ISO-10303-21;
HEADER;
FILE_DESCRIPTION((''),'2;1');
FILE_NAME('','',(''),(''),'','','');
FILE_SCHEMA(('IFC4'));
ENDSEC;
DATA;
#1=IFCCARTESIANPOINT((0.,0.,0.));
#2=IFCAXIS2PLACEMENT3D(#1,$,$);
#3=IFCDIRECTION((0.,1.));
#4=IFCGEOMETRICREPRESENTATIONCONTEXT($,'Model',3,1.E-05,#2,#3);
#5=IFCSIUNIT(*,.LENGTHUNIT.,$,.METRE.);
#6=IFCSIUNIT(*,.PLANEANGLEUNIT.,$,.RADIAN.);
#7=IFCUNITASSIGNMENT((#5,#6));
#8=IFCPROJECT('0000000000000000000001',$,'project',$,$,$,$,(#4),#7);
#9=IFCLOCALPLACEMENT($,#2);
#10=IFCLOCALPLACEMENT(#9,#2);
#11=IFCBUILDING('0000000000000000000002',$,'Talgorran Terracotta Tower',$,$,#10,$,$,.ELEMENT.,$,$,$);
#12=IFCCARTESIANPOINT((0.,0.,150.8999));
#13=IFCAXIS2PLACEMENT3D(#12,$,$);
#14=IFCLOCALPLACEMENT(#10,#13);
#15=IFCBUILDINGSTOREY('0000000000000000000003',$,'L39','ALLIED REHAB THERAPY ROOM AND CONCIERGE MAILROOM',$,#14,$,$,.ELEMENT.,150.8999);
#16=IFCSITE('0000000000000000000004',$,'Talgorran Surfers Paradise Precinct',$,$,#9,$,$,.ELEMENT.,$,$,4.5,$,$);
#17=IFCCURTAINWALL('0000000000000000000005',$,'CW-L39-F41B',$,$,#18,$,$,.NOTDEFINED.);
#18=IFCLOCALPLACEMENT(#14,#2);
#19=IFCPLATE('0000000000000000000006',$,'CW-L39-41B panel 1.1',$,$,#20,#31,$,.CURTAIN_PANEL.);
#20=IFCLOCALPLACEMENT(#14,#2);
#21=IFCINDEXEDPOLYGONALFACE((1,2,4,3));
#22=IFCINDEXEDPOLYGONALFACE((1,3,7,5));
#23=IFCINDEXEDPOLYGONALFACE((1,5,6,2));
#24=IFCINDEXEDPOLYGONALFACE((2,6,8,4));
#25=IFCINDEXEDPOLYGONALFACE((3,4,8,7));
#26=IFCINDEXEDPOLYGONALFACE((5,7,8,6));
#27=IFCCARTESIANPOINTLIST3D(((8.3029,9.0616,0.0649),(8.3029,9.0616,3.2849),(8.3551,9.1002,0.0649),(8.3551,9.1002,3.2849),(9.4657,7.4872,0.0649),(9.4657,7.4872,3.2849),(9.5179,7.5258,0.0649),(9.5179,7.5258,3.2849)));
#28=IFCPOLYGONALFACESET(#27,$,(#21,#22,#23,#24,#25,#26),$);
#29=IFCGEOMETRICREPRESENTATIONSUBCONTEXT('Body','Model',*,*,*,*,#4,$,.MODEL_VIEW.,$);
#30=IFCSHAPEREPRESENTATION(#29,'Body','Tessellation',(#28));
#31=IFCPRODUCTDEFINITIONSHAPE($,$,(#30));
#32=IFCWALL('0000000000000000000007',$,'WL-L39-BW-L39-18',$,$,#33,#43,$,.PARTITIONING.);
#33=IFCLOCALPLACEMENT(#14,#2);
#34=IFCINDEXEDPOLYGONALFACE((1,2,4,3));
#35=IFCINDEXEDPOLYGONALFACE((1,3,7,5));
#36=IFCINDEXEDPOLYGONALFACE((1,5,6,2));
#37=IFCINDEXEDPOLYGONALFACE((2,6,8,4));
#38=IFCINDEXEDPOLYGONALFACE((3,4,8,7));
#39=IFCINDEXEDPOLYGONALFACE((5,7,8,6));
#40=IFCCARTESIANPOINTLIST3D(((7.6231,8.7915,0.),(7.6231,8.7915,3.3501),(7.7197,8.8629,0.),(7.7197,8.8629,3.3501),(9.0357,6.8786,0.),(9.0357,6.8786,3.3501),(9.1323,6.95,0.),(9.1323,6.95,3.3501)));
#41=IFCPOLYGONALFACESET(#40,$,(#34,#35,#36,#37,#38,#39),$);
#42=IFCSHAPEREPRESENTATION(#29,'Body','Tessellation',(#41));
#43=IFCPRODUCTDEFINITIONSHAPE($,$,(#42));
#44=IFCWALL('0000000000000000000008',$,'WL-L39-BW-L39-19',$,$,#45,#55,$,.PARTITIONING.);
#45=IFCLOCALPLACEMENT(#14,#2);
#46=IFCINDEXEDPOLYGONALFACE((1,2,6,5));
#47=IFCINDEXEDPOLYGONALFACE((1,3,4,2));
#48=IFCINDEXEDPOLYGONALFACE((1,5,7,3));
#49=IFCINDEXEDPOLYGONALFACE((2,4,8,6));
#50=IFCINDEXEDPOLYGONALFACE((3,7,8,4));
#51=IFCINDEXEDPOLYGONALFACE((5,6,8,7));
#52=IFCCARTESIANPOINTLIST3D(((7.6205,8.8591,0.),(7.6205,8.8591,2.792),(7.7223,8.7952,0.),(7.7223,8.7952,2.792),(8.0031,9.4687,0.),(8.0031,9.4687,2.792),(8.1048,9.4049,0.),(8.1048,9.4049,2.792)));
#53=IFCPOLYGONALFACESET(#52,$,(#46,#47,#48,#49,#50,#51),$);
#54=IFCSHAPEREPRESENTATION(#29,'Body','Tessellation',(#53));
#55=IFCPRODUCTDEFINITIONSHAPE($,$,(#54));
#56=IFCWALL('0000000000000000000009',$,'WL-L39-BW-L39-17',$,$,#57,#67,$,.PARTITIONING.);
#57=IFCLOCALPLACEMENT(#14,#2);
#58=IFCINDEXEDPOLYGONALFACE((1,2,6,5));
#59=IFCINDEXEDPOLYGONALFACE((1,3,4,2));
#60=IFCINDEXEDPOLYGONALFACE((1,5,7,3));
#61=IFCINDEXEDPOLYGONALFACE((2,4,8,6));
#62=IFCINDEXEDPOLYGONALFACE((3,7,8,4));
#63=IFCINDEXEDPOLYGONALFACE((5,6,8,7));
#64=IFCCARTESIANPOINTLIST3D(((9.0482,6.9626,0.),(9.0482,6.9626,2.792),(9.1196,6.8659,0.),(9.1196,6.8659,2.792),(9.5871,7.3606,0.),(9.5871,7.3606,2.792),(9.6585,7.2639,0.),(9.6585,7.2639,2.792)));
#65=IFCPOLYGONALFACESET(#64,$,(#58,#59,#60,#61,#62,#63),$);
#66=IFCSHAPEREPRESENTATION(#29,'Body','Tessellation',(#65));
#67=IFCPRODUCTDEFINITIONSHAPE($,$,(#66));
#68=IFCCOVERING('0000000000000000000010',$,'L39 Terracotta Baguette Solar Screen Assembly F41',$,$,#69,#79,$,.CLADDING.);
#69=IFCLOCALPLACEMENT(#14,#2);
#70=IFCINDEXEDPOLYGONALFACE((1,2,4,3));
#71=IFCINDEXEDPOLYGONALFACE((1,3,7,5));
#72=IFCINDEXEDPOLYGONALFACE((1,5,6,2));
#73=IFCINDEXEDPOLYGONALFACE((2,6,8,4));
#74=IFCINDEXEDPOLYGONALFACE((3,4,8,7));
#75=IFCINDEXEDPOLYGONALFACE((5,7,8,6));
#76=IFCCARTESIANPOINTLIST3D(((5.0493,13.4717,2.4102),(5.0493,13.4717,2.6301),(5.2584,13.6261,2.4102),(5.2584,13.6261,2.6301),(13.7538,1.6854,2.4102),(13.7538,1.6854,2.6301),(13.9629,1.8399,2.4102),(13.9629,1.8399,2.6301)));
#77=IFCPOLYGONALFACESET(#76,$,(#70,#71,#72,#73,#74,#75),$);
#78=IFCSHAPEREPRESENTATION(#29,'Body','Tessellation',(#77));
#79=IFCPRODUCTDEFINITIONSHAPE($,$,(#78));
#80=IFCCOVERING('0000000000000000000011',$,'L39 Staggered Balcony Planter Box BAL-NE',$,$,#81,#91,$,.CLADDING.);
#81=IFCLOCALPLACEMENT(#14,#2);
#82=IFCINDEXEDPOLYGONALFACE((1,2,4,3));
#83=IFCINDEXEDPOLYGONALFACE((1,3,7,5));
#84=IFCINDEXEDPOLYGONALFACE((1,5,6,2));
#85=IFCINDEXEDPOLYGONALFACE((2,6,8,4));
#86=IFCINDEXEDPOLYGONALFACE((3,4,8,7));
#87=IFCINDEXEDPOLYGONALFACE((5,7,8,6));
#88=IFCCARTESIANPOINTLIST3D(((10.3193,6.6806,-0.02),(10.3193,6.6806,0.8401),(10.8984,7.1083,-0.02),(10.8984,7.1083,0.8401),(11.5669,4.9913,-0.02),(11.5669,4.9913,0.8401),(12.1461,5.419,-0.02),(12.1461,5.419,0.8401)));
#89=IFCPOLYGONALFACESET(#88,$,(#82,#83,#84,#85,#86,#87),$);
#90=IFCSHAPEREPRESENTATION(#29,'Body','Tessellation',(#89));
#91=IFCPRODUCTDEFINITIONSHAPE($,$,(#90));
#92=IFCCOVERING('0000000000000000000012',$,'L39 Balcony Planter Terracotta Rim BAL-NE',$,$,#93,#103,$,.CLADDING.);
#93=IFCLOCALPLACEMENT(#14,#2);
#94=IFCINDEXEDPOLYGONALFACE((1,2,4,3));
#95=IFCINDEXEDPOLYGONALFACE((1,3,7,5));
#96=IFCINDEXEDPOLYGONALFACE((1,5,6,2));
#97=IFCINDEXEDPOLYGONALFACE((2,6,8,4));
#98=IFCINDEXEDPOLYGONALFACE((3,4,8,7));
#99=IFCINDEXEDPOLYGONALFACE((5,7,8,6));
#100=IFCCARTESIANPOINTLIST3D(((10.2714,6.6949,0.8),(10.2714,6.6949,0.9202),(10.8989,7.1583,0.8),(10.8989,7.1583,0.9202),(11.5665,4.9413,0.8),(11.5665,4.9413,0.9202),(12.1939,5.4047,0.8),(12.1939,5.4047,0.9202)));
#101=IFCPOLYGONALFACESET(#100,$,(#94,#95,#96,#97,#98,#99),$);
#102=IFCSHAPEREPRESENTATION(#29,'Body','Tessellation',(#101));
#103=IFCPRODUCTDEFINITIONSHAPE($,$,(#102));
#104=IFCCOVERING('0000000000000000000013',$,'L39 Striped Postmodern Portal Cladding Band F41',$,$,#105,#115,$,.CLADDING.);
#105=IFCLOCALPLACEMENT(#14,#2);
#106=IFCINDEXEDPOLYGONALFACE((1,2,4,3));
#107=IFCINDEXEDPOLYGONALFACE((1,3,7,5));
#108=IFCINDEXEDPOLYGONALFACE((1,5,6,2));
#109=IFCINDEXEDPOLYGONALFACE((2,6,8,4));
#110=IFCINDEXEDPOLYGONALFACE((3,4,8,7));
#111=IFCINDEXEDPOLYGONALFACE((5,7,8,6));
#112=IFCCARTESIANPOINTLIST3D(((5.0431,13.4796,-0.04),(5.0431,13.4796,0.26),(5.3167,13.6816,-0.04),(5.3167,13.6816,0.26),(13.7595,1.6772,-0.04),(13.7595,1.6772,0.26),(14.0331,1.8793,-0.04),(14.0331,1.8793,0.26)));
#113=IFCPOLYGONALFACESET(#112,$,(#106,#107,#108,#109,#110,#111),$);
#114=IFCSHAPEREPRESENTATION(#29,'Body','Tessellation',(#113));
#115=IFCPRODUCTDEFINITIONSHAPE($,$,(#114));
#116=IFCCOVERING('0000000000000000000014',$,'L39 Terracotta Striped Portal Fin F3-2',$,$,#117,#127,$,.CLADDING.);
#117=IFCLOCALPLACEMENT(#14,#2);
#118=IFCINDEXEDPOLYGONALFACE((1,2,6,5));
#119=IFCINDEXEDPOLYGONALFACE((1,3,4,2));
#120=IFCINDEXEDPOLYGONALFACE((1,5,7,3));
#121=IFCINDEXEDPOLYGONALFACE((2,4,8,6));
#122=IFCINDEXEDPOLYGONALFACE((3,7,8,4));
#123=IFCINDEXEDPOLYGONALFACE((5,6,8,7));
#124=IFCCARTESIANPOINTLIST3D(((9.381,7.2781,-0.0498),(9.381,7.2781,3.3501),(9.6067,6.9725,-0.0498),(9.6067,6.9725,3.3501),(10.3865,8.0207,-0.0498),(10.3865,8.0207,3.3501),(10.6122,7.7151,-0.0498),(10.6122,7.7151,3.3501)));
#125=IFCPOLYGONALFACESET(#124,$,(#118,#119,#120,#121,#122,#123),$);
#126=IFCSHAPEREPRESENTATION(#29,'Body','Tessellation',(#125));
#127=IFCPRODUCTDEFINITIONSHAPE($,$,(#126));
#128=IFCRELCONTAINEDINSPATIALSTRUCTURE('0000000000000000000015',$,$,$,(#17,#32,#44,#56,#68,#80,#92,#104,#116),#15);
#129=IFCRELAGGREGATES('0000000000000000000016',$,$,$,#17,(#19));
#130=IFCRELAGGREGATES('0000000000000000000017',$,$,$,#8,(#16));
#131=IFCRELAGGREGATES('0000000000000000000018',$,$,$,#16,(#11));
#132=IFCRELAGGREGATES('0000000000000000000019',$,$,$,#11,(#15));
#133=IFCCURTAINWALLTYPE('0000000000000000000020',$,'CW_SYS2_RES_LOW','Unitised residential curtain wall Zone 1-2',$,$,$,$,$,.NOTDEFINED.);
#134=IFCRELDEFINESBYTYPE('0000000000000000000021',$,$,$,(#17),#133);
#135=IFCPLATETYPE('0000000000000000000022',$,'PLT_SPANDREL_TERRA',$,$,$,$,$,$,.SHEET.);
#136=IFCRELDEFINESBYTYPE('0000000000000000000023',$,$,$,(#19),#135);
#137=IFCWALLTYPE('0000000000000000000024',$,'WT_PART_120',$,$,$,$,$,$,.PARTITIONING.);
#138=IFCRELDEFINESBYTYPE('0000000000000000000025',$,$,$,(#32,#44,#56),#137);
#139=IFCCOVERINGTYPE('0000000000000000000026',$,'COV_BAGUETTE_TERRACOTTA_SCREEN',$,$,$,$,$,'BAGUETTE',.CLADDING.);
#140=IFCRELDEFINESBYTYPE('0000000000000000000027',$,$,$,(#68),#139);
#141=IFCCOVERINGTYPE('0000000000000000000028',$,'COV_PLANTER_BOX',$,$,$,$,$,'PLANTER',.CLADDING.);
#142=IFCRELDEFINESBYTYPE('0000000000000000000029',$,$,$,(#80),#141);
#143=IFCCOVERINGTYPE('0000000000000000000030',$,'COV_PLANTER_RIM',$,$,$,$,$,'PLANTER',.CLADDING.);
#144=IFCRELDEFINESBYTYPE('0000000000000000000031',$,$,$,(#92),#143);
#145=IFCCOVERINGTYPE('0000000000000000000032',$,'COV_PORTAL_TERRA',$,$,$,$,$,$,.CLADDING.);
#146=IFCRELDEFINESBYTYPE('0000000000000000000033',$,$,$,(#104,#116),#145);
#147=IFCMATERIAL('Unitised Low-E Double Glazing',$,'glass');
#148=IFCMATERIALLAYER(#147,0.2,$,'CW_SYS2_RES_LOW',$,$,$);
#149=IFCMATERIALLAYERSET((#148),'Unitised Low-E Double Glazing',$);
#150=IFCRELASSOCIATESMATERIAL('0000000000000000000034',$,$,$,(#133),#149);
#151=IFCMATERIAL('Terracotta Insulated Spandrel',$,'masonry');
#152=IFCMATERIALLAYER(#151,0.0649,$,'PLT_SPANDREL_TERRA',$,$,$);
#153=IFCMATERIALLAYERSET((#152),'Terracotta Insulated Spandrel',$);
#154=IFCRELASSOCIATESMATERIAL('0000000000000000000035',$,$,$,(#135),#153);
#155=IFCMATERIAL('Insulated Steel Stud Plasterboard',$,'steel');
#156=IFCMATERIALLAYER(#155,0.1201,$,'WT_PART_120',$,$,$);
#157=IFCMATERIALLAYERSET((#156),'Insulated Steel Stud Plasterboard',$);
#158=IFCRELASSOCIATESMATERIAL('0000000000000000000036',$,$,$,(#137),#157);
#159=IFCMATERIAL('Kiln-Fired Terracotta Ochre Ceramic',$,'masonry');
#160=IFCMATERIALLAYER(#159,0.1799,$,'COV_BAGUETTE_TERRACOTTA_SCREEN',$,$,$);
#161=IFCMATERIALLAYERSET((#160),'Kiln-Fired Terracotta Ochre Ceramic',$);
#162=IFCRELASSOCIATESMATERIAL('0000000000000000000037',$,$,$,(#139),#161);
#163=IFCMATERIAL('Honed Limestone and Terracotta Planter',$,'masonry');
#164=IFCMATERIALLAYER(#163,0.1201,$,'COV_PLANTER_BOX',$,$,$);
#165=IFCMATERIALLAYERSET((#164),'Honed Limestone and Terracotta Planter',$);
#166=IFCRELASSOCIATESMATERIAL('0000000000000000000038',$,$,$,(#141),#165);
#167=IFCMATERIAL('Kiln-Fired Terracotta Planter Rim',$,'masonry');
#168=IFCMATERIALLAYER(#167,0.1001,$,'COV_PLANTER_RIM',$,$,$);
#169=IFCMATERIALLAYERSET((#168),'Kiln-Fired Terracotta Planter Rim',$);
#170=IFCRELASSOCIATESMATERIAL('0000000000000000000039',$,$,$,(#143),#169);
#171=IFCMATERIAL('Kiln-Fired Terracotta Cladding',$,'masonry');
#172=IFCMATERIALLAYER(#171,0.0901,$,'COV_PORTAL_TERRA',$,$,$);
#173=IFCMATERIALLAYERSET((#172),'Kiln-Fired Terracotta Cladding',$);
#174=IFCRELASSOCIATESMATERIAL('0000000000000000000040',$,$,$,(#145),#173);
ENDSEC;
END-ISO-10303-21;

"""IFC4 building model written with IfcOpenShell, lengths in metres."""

from ifc_helpers import new_model, si_unit, direction, frame, frame_2d, origin, origin_2d, place, context, subcontext, project, spatial, rectangle, extrude, source, transform, mapped, material, layer, layer_set, type_object, type_shapes, element, aggregate, save


model = new_model("IFC4")

# Units and contexts
model_context = context("Model", 3, precision=1e-05, world=origin(), true_north=direction((0.0, 1.0)))
body_context = subcontext(model_context, "Body", "Model", "MODEL_VIEW")
ifc_project = project(units=[si_unit("LENGTHUNIT", "METRE"), si_unit("PLANEANGLEUNIT", "RADIAN")], contexts=[model_context])

# Site, building, storey
site_placement = place(None, origin())
site = spatial("IfcSite", under=ifc_project, at=site_placement, Name="Talgorran Surfers Paradise Precinct", CompositionType="ELEMENT", RefElevation=4.5)
building_placement = place(site_placement, origin())
building = spatial("IfcBuilding", under=site, at=building_placement, Name="Talgorran Terracotta Tower", CompositionType="ELEMENT")
storey_placement = place(building_placement, frame((0.0, 0.0, 150.8999)))
storey = spatial("IfcBuildingStorey", under=building, at=storey_placement, Name="L39", Description="ALLIED REHAB THERAPY ROOM AND CONCIERGE MAILROOM", CompositionType="ELEMENT", Elevation=150.8999)

# Shared definitions
ifc_material_1 = material(Name="Unitised Low-E Double Glazing", Category="glass")
ifc_layer_1 = layer(ifc_material_1, 0.2, Name="CW_SYS2_RES_LOW")
ifc_layer_set_1 = layer_set([ifc_layer_1], Name="Unitised Low-E Double Glazing")
curtain_wall_type = type_object("IfcCurtainWallType", Name="CW_SYS2_RES_LOW", Description="Unitised residential curtain wall Zone 1-2", PredefinedType="NOTDEFINED", material=ifc_layer_set_1)

# Curtain wall
curtain_wall_1_placement = place(storey_placement, origin())
curtain_wall_1 = element("IfcCurtainWall", 1, at=curtain_wall_1_placement, inside=storey, type_object=curtain_wall_type, Name="CW-L39-F41B", PredefinedType="NOTDEFINED")

# Plate
ifc_material_2 = material(Name="Terracotta Insulated Spandrel", Category="masonry")
ifc_layer_2 = layer(ifc_material_2, 0.0649, Name="PLT_SPANDREL_TERRA")
ifc_layer_set_2 = layer_set([ifc_layer_2], Name="Terracotta Insulated Spandrel")
plate_type_1 = type_object("IfcPlateType", Name="PLT_SPANDREL_TERRA", PredefinedType="SHEET", material=ifc_layer_set_2)
shared_shape = source(origin(), body_context, "Body", "SweptSolid", [
    extrude(rectangle(XDim=1.9573, YDim=0.0649, at=origin_2d()), origin(), (0.0, 0.0, 1.0), 3.22),
])
type_shapes(plate_type_1, [shared_shape])
plate_1_placement = place(storey_placement, frame((8.9104, 8.2937, 0.0649), z_axis=(0.0, 0.0, 1.0), x_axis=(-0.594081, 0.804405, 0.0)))
plate_1 = element("IfcPlate", 2, at=plate_1_placement, type_object=plate_type_1, Name="CW-L39-41B panel 1.1", PredefinedType="CURTAIN_PANEL", context=body_context, shape_type="MappedRepresentation", body=[
    mapped(shared_shape, transform((0.0, 0.0, 0.0), scale=1.0)),
])
aggregate(curtain_wall_1, [plate_1])

# Walls
ifc_material_3 = material(Name="Insulated Steel Stud Plasterboard", Category="steel")
ifc_layer_3 = layer(ifc_material_3, 0.1201, Name="WT_PART_120")
ifc_layer_set_3 = layer_set([ifc_layer_3], Name="Insulated Steel Stud Plasterboard")
wall_type = type_object("IfcWallType", Name="WT_PART_120", PredefinedType="PARTITIONING", material=ifc_layer_set_3)
wall_1_placement = place(storey_placement, frame((9.084, 6.9143, 0.0), z_axis=(0.0, 0.0, 1.0), x_axis=(-0.594053, 0.804426, 0.0)))
element("IfcWall", 3, at=wall_1_placement, inside=storey, type_object=wall_type, Name="WL-L39-BW-L39-18", PredefinedType="PARTITIONING", context=body_context, shape_type="SweptSolid", body=[
    extrude(rectangle(XDim=2.3779, YDim=0.1201, at=frame_2d((1.189, 0.0))), origin(), (0.0, 0.0, 1.0), 3.3501),
])
wall_2_placement = place(storey_placement, frame((7.6714, 8.8271, 0.0), z_axis=(0.0, 0.0, 1.0), x_axis=(0.531553, 0.847025, 0.0)))
element("IfcWall", 4, at=wall_2_placement, inside=storey, type_object=wall_type, Name="WL-L39-BW-L39-19", PredefinedType="PARTITIONING", context=body_context, shape_type="SweptSolid", body=[
    extrude(rectangle(XDim=0.7197, YDim=0.1201, at=frame_2d((0.3599, 0.0))), origin(), (0.0, 0.0, 1.0), 2.792),
])
wall_3_placement = place(storey_placement, frame((9.6228, 7.3123, 0.0), z_axis=(0.0, 0.0, 1.0), x_axis=(-0.804396, -0.594094, 0.0)))
element("IfcWall", 5, at=wall_3_placement, inside=storey, type_object=wall_type, Name="WL-L39-BW-L39-17", PredefinedType="PARTITIONING", context=body_context, shape_type="SweptSolid", body=[
    extrude(rectangle(XDim=0.6699, YDim=0.1201, at=frame_2d((0.335, 0.0))), origin(), (0.0, 0.0, 1.0), 2.792),
])

# Coverings
ifc_material_4 = material(Name="Kiln-Fired Terracotta Ochre Ceramic", Category="masonry")
ifc_layer_4 = layer(ifc_material_4, 0.1799, Name="COV_BAGUETTE_TERRACOTTA_SCREEN")
ifc_layer_set_4 = layer_set([ifc_layer_4], Name="Kiln-Fired Terracotta Ochre Ceramic")
covering_type_1 = type_object("IfcCoveringType", Name="COV_BAGUETTE_TERRACOTTA_SCREEN", ElementType="BAGUETTE", PredefinedType="CLADDING", material=ifc_layer_set_4)
covering_1_placement = place(storey_placement, frame((9.5061, 7.6558, 2.4102), z_axis=(0.0, 0.0, 1.0), x_axis=(-0.594079, 0.804407, 0.0)))
element("IfcCovering", 6, at=covering_1_placement, inside=storey, type_object=covering_type_1, Name="L39 Terracotta Baguette Solar Screen Assembly F41", PredefinedType="CLADDING", context=body_context, shape_type="SweptSolid", body=[
    extrude(rectangle(XDim=14.6521, YDim=0.26, at=origin_2d()), origin(), (0.0, 0.0, 1.0), 0.22),
])
ifc_material_5 = material(Name="Honed Limestone and Terracotta Planter", Category="masonry")
ifc_layer_5 = layer(ifc_material_5, 0.1201, Name="COV_PLANTER_BOX")
ifc_layer_set_5 = layer_set([ifc_layer_5], Name="Honed Limestone and Terracotta Planter")
covering_type_2 = type_object("IfcCoveringType", Name="COV_PLANTER_BOX", ElementType="PLANTER", PredefinedType="CLADDING", material=ifc_layer_set_5)
covering_2_placement = place(storey_placement, frame((11.2327, 6.0498, -0.02), z_axis=(0.0, 0.0, 1.0), x_axis=(-0.594079, 0.804407, 0.0)))
element("IfcCovering", 7, at=covering_2_placement, inside=storey, type_object=covering_type_2, Name="L39 Staggered Balcony Planter Box BAL-NE", PredefinedType="CLADDING", context=body_context, shape_type="SweptSolid", body=[
    extrude(rectangle(XDim=2.1001, YDim=0.72, at=origin_2d()), origin(), (0.0, 0.0, 1.0), 0.8601),
])
ifc_material_6 = material(Name="Kiln-Fired Terracotta Planter Rim", Category="masonry")
ifc_layer_6 = layer(ifc_material_6, 0.1001, Name="COV_PLANTER_RIM")
ifc_layer_set_6 = layer_set([ifc_layer_6], Name="Kiln-Fired Terracotta Planter Rim")
covering_type_3 = type_object("IfcCoveringType", Name="COV_PLANTER_RIM", ElementType="PLANTER", PredefinedType="CLADDING", material=ifc_layer_set_6)
covering_3_placement = place(storey_placement, frame((11.2327, 6.0498, 0.8), z_axis=(0.0, 0.0, 1.0), x_axis=(-0.594079, 0.804407, 0.0)))
element("IfcCovering", 8, at=covering_3_placement, inside=storey, type_object=covering_type_3, Name="L39 Balcony Planter Terracotta Rim BAL-NE", PredefinedType="CLADDING", context=body_context, shape_type="SweptSolid", body=[
    extrude(rectangle(XDim=2.1799, YDim=0.78, at=origin_2d()), origin(), (0.0, 0.0, 1.0), 0.1201),
])
ifc_material_7 = material(Name="Kiln-Fired Terracotta Cladding", Category="masonry")
ifc_layer_7 = layer(ifc_material_7, 0.0901, Name="COV_PORTAL_TERRA")
ifc_layer_set_7 = layer_set([ifc_layer_7], Name="Kiln-Fired Terracotta Cladding")
covering_type_4 = type_object("IfcCoveringType", Name="COV_PORTAL_TERRA", PredefinedType="CLADDING", material=ifc_layer_set_7)
covering_4_placement = place(storey_placement, frame((9.5381, 7.6794, -0.04), z_axis=(0.0, 0.0, 1.0), x_axis=(-0.594079, 0.804407, 0.0)))
element("IfcCovering", 9, at=covering_4_placement, inside=storey, type_object=covering_type_4, Name="L39 Striped Postmodern Portal Cladding Band F41", PredefinedType="CLADDING", context=body_context, shape_type="SweptSolid", body=[
    extrude(rectangle(XDim=14.6721, YDim=0.3401, at=origin_2d()), origin(), (0.0, 0.0, 1.0), 0.3),
])
covering_5_placement = place(storey_placement, frame((9.9966, 7.4966, -0.0498), z_axis=(0.0, 0.0, 1.0), x_axis=(-0.594079, 0.804407, 0.0)))
element("IfcCovering", 10, at=covering_5_placement, inside=storey, type_object=covering_type_4, Name="L39 Terracotta Striped Portal Fin F3-2", PredefinedType="CLADDING", context=body_context, shape_type="SweptSolid", body=[
    extrude(rectangle(XDim=0.3799, YDim=1.25, at=origin_2d()), origin(), (0.0, 0.0, 1.0), 3.3999),
])

save(model, "model.ifc")
